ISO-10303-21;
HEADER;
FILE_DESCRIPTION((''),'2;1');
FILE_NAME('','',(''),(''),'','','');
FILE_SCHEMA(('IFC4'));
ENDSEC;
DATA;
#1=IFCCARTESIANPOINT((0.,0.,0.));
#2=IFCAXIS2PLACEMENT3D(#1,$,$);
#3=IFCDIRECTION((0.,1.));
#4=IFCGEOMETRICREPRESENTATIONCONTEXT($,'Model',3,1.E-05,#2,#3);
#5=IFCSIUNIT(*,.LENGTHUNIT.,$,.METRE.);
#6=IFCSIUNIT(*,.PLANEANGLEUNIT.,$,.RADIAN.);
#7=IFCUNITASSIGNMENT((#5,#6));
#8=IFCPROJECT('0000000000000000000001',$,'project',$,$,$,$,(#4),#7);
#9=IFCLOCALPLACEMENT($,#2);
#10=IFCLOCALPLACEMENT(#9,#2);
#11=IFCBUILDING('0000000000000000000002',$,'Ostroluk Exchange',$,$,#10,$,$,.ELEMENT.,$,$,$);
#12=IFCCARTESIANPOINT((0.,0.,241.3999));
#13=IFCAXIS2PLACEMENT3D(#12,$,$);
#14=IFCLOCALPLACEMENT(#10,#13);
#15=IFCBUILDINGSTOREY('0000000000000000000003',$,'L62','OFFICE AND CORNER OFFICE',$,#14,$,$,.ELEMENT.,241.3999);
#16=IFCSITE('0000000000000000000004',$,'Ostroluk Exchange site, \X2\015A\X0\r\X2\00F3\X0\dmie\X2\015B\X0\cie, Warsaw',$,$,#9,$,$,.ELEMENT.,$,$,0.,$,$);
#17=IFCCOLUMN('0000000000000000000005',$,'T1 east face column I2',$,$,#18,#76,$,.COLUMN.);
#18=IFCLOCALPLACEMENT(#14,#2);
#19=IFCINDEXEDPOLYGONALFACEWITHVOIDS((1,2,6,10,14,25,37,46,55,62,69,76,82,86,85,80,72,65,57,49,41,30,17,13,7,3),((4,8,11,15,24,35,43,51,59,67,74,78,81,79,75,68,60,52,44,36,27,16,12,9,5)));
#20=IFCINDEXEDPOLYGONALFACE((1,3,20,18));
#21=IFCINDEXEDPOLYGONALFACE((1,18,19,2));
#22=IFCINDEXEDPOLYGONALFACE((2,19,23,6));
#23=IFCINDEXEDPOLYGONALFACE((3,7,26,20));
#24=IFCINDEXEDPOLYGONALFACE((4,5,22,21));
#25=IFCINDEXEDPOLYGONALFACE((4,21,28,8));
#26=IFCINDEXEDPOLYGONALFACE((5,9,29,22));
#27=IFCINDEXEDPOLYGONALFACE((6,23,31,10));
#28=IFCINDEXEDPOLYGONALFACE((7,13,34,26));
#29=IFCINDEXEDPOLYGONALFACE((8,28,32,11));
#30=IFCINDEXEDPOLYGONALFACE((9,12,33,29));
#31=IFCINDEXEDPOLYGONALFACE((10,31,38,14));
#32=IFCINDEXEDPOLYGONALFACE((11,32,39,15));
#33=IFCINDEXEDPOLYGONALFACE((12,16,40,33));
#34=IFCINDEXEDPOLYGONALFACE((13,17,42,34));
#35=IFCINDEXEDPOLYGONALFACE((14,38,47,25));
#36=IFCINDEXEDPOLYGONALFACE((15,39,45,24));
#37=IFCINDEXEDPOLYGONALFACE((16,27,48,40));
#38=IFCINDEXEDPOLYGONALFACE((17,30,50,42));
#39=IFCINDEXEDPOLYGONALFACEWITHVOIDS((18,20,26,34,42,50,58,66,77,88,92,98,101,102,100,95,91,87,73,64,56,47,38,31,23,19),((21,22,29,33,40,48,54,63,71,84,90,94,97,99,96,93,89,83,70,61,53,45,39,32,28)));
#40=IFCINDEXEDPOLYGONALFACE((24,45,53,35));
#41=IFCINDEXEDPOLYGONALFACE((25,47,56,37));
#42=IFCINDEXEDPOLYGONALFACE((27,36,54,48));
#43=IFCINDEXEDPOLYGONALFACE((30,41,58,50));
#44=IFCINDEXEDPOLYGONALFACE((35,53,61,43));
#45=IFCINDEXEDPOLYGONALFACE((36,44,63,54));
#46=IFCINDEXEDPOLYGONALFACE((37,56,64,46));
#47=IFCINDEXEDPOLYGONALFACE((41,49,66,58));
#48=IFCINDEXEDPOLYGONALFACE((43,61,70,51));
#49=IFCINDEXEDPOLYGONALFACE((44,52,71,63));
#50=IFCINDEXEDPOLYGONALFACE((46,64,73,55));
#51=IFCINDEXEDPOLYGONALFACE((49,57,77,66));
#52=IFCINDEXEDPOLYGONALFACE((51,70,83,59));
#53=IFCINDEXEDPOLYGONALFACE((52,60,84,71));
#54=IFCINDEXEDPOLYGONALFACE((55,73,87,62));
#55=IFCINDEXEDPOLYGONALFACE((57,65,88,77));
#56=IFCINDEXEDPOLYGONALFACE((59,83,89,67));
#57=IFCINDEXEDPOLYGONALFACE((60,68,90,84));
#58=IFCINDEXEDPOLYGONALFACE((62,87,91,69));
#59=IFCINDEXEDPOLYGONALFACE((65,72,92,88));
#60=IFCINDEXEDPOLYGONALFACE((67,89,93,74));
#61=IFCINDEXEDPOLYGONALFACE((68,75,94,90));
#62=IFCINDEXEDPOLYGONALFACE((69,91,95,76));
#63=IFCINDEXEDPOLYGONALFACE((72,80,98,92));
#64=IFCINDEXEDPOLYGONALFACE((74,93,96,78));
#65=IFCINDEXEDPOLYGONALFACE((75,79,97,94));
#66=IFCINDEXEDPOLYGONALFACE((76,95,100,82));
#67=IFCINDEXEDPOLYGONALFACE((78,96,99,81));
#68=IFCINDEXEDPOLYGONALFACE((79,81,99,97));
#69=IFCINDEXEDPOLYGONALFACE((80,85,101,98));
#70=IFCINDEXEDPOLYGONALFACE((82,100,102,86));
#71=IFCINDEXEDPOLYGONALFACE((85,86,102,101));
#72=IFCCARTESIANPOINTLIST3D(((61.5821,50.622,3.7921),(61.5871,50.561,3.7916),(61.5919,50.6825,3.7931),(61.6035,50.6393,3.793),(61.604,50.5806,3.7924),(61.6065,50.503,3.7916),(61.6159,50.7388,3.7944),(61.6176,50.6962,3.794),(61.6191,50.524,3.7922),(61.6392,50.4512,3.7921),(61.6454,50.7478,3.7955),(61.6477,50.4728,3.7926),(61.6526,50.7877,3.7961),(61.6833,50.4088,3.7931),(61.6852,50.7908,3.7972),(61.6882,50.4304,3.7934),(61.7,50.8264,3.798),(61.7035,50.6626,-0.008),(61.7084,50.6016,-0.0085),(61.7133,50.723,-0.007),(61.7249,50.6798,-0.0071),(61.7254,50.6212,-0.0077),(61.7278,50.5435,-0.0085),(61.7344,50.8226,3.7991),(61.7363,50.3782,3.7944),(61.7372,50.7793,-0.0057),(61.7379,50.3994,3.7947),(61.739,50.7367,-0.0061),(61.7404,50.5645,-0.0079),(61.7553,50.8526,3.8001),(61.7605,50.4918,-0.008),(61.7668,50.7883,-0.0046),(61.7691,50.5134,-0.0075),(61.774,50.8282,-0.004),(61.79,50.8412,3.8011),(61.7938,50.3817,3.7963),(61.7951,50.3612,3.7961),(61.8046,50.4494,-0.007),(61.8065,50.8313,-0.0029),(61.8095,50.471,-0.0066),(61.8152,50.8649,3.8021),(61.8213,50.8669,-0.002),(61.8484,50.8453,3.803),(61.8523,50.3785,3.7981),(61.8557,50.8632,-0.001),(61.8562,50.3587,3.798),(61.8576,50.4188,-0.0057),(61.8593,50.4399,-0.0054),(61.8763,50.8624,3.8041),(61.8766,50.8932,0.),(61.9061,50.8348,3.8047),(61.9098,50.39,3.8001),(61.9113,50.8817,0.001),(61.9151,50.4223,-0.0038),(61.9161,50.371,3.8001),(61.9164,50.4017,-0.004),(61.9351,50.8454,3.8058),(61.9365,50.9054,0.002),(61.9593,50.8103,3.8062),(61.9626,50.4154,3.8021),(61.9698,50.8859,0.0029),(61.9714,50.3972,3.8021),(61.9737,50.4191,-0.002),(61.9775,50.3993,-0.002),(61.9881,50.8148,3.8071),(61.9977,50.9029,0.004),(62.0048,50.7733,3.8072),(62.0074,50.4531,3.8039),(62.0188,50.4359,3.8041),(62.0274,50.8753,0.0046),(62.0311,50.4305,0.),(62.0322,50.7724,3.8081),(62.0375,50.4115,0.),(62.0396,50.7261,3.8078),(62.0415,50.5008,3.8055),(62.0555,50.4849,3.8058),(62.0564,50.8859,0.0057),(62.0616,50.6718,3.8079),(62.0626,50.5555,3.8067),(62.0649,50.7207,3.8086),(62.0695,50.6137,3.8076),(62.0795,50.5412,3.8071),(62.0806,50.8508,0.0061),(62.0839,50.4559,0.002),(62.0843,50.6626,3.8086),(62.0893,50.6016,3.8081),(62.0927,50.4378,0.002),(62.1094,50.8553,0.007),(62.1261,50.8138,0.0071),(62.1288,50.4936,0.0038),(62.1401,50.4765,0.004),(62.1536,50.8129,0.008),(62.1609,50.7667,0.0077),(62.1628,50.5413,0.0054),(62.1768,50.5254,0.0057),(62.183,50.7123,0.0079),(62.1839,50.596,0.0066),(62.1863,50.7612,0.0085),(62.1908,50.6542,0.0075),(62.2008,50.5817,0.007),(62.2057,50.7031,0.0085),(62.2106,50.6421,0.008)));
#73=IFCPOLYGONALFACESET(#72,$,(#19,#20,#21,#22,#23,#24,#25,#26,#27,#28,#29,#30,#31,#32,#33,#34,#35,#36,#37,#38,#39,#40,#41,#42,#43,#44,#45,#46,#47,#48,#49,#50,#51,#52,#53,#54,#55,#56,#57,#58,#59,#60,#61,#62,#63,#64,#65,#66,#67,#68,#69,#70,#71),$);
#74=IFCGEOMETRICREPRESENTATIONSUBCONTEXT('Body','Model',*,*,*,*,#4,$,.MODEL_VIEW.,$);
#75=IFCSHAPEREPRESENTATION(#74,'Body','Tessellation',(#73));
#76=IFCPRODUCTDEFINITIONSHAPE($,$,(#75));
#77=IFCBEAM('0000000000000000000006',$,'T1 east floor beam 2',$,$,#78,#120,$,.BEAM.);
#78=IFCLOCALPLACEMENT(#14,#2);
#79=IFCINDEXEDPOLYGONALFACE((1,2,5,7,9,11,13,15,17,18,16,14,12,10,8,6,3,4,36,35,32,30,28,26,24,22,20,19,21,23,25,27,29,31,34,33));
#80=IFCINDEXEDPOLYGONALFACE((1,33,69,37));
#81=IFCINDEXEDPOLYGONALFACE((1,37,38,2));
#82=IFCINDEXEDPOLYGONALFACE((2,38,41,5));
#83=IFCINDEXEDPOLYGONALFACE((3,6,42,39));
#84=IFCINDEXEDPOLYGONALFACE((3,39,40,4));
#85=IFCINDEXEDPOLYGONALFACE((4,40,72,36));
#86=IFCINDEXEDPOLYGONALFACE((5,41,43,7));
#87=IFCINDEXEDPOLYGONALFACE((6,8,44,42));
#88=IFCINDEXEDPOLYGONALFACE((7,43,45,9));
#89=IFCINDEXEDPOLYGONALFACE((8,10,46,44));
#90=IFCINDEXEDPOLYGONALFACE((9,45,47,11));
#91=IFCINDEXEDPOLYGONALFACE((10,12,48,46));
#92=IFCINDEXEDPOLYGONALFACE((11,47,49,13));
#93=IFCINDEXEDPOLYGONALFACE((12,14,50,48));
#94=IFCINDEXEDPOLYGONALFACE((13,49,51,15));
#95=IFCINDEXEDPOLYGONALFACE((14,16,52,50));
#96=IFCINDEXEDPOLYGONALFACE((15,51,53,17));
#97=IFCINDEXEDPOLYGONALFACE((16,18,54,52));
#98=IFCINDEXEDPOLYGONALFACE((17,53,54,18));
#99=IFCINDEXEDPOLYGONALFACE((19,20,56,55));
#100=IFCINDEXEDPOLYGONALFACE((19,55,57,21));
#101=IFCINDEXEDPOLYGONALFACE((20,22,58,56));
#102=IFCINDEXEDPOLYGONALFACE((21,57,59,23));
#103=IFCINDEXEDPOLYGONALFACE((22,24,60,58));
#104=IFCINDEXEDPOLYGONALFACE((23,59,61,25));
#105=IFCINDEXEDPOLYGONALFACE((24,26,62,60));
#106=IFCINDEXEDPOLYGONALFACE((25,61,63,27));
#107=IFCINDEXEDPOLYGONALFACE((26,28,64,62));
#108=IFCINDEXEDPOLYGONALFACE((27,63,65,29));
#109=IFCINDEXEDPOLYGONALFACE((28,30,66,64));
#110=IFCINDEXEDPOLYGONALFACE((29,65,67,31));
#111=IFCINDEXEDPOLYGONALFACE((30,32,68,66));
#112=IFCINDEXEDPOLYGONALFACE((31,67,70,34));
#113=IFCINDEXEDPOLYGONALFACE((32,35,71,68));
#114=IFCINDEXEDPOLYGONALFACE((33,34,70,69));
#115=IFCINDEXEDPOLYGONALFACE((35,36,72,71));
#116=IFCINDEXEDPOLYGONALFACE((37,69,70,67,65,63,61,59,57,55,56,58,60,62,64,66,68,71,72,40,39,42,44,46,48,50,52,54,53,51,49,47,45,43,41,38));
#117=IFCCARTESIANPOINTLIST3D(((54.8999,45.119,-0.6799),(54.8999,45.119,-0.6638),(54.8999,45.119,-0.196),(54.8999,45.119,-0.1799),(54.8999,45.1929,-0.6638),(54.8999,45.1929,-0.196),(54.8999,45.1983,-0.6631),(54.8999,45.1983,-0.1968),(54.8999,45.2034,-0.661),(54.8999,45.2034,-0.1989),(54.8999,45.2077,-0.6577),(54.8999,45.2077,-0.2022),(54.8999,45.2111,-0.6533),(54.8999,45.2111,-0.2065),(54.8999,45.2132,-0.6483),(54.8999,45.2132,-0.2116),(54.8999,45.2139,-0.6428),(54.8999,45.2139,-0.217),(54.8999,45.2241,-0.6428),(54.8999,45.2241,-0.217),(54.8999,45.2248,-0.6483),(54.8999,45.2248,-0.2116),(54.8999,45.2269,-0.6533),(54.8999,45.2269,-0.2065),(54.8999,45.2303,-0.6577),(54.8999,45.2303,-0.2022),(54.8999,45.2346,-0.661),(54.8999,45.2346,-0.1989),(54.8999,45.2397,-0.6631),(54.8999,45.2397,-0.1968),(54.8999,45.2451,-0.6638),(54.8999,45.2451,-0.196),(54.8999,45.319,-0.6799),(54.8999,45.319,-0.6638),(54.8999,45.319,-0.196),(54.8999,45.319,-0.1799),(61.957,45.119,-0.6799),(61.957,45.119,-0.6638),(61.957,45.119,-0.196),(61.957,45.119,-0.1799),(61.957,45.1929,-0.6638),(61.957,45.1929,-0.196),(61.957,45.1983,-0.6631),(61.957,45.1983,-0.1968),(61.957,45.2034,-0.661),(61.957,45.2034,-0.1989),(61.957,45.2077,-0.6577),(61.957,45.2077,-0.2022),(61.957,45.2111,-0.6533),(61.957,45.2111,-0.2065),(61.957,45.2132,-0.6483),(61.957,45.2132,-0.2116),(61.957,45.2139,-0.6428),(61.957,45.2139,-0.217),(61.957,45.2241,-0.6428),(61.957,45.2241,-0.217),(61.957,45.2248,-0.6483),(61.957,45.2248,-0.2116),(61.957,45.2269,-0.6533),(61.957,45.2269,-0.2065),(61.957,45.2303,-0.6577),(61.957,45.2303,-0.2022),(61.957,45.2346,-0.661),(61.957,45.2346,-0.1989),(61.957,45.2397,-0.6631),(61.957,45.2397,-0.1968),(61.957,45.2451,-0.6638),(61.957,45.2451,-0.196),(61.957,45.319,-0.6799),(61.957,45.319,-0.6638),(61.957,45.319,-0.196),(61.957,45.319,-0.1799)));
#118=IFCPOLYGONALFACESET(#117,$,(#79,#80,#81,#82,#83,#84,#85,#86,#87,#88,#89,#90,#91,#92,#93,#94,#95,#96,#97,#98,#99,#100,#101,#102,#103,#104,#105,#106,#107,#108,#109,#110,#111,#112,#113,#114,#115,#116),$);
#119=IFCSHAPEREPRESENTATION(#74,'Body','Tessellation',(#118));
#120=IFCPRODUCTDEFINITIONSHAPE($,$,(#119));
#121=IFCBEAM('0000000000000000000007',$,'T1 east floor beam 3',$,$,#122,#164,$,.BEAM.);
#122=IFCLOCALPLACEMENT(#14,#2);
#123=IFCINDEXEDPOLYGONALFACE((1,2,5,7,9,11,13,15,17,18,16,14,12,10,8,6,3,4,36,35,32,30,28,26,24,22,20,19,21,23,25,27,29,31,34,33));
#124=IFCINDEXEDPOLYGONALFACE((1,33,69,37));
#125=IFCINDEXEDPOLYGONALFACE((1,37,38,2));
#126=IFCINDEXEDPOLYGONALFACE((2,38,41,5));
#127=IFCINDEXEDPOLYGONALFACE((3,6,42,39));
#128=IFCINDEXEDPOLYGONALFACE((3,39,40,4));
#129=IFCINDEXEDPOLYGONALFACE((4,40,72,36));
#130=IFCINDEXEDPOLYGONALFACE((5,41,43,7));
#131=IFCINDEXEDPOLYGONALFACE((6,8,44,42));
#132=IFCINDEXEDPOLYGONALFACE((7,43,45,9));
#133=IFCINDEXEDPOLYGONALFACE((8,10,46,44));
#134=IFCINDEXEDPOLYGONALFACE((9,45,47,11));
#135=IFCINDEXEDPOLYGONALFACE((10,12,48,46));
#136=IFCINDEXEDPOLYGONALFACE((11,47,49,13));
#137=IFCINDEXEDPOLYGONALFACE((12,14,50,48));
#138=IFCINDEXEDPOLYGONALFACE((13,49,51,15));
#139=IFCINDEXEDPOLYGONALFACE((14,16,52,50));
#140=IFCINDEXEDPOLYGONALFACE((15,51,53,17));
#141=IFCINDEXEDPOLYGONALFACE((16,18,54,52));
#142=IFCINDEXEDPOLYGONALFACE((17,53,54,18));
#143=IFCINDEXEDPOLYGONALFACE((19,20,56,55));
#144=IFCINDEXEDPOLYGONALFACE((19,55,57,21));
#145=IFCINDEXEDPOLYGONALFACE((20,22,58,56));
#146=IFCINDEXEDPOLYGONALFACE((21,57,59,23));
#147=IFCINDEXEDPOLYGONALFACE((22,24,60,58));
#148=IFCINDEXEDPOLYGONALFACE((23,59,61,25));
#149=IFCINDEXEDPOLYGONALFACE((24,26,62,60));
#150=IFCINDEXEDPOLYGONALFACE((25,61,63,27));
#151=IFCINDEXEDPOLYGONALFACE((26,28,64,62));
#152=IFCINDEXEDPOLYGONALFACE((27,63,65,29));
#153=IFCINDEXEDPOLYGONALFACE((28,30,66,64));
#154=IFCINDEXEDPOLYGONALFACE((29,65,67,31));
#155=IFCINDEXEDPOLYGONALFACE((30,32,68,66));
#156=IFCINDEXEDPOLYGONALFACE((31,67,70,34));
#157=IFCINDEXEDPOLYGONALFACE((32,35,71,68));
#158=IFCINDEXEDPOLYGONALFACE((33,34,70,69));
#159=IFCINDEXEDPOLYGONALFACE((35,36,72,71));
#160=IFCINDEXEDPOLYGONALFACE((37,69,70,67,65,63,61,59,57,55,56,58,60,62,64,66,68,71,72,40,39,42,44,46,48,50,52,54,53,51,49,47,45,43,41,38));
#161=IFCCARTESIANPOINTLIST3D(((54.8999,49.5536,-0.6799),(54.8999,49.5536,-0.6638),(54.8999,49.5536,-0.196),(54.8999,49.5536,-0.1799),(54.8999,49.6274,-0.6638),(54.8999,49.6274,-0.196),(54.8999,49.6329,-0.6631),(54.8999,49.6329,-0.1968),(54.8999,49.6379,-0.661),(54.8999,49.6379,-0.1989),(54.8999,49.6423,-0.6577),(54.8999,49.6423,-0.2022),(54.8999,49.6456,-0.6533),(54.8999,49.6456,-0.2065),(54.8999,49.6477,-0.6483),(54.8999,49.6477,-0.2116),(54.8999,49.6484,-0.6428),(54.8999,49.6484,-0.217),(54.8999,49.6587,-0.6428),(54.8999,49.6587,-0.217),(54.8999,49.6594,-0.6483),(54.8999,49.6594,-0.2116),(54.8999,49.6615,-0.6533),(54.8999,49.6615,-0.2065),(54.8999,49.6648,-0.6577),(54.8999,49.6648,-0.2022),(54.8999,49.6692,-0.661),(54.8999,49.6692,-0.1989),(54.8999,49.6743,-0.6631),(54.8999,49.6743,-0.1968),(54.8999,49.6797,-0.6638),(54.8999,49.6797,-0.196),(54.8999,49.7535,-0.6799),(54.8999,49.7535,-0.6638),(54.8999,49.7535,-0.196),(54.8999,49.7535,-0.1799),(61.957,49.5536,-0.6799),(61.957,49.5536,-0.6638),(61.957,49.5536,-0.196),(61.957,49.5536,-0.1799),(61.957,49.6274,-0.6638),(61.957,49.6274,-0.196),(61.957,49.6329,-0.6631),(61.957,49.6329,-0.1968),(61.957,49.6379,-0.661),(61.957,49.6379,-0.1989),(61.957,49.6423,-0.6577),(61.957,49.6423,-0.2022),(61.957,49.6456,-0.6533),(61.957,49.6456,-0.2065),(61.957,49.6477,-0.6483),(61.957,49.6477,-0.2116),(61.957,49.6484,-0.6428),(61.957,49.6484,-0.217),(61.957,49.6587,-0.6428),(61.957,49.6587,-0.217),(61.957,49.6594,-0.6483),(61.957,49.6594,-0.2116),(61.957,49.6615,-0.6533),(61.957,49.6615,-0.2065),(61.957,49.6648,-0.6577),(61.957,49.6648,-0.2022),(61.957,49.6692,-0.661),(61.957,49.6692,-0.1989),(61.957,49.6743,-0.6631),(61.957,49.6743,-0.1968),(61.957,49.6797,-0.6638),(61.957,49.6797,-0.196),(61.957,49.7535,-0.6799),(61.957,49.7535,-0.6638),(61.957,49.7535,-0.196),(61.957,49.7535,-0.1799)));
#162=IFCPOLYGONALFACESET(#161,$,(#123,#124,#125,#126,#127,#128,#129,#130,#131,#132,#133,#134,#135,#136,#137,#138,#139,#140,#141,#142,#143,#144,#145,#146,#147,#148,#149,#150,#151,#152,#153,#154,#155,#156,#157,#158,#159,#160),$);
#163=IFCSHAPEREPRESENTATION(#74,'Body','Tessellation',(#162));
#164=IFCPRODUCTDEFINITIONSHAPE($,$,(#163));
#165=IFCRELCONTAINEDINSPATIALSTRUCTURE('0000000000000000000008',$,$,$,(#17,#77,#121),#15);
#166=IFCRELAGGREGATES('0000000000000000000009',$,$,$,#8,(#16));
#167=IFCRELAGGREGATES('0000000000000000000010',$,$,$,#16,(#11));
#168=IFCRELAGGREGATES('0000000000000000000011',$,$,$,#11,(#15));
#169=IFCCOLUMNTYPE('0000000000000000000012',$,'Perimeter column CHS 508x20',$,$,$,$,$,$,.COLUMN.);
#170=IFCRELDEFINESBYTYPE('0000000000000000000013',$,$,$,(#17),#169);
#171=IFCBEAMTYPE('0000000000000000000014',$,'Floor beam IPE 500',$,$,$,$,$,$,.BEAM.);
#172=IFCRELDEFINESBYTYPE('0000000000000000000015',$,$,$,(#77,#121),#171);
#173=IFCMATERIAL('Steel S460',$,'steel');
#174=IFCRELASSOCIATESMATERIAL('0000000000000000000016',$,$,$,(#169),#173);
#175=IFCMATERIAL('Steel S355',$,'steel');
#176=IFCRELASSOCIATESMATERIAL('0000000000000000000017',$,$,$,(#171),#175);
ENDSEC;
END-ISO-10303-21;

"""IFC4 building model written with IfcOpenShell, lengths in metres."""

from ifc_helpers import new_model, si_unit, direction, frame, origin, origin_2d, place, context, subcontext, project, spatial, hollow_circle, i_section, extrude, material, material_profile, profile_set, type_object, element, save


model = new_model("IFC4")

# Units and contexts
model_context = context("Model", 3, precision=1e-05, world=origin(), true_north=direction((0.0, 1.0)))
body_context = subcontext(model_context, "Body", "Model", "MODEL_VIEW")
ifc_project = project(units=[si_unit("LENGTHUNIT", "METRE"), si_unit("PLANEANGLEUNIT", "RADIAN")], contexts=[model_context])

# Site, building, storey
site_placement = place(None, origin())
site = spatial("IfcSite", under=ifc_project, at=site_placement, Name="Ostroluk Exchange site, Śródmieście, Warsaw", CompositionType="ELEMENT", RefElevation=0.0)
building_placement = place(site_placement, origin())
building = spatial("IfcBuilding", under=site, at=building_placement, Name="Ostroluk Exchange", CompositionType="ELEMENT")
storey_placement = place(building_placement, frame((0.0, 0.0, 241.3999)))
storey = spatial("IfcBuildingStorey", under=building, at=storey_placement, Name="L62", Description="OFFICE AND CORNER OFFICE", CompositionType="ELEMENT", Elevation=241.3999)

# Column
ifc_material_1 = material(Name="Steel S460", Category="steel")
ifc_material_profile_1 = material_profile(ifc_material_1, hollow_circle(Radius=0.2539, WallThickness=0.02, at=origin_2d()), Name="CHS 508x20")
ifc_profile_set_1 = profile_set([ifc_material_profile_1], Name="Steel S460")
column_type = type_object("IfcColumnType", Name="Perimeter column CHS 508x20", PredefinedType="COLUMN", material=ifc_profile_set_1)
column_placement = place(storey_placement, frame((61.957, 50.6523, 0.0), z_axis=(-0.031913, -0.010659, 0.999434), x_axis=(0.3168, -0.948492, 0.0)))
element("IfcColumn", 1, at=column_placement, inside=storey, type_object=column_type, Name="T1 east face column I2", PredefinedType="COLUMN", context=body_context, shape_type="SweptSolid", body=[
    extrude(hollow_circle(Radius=0.2539, WallThickness=0.02, at=origin_2d()), origin(), (0.0, 0.0, 1.0), 3.8022),
])

# Beams
ifc_material_2 = material(Name="Steel S355", Category="steel")
ifc_material_profile_2 = material_profile(ifc_material_2, i_section(OverallWidth=0.2, OverallDepth=0.5, WebThickness=0.0103, FlangeThickness=0.0161, FilletRadius=0.021, at=origin_2d()), Name="IPE 500")
ifc_profile_set_2 = profile_set([ifc_material_profile_2], Name="Steel S355")
beam_type_1 = type_object("IfcBeamType", Name="Floor beam IPE 500", PredefinedType="BEAM", material=ifc_profile_set_2)
for number, where, z_axis, x_axis, name in (
    (2, (54.8999, 45.219, -0.4299), (1.0, 0.0, 0.0), (0.0, 1.0, 0.0), "T1 east floor beam 2"),
    (3, (54.8999, 49.6536, -0.4299), (1.0, 0.0, 0.0), (0.0, 1.0, 0.0), "T1 east floor beam 3"),
):
    element("IfcBeam", number, at=place(storey_placement, frame(where, z_axis=z_axis, x_axis=x_axis)), inside=storey, type_object=beam_type_1, Name=name, PredefinedType="BEAM", context=body_context, shape_type="SweptSolid", body=[
        extrude(i_section(OverallWidth=0.2, OverallDepth=0.5, WebThickness=0.0103, FlangeThickness=0.0161, FilletRadius=0.021, at=origin_2d()), origin(), (0.0, 0.0, 1.0), 7.0571),
    ])

save(model, "model.ifc")
